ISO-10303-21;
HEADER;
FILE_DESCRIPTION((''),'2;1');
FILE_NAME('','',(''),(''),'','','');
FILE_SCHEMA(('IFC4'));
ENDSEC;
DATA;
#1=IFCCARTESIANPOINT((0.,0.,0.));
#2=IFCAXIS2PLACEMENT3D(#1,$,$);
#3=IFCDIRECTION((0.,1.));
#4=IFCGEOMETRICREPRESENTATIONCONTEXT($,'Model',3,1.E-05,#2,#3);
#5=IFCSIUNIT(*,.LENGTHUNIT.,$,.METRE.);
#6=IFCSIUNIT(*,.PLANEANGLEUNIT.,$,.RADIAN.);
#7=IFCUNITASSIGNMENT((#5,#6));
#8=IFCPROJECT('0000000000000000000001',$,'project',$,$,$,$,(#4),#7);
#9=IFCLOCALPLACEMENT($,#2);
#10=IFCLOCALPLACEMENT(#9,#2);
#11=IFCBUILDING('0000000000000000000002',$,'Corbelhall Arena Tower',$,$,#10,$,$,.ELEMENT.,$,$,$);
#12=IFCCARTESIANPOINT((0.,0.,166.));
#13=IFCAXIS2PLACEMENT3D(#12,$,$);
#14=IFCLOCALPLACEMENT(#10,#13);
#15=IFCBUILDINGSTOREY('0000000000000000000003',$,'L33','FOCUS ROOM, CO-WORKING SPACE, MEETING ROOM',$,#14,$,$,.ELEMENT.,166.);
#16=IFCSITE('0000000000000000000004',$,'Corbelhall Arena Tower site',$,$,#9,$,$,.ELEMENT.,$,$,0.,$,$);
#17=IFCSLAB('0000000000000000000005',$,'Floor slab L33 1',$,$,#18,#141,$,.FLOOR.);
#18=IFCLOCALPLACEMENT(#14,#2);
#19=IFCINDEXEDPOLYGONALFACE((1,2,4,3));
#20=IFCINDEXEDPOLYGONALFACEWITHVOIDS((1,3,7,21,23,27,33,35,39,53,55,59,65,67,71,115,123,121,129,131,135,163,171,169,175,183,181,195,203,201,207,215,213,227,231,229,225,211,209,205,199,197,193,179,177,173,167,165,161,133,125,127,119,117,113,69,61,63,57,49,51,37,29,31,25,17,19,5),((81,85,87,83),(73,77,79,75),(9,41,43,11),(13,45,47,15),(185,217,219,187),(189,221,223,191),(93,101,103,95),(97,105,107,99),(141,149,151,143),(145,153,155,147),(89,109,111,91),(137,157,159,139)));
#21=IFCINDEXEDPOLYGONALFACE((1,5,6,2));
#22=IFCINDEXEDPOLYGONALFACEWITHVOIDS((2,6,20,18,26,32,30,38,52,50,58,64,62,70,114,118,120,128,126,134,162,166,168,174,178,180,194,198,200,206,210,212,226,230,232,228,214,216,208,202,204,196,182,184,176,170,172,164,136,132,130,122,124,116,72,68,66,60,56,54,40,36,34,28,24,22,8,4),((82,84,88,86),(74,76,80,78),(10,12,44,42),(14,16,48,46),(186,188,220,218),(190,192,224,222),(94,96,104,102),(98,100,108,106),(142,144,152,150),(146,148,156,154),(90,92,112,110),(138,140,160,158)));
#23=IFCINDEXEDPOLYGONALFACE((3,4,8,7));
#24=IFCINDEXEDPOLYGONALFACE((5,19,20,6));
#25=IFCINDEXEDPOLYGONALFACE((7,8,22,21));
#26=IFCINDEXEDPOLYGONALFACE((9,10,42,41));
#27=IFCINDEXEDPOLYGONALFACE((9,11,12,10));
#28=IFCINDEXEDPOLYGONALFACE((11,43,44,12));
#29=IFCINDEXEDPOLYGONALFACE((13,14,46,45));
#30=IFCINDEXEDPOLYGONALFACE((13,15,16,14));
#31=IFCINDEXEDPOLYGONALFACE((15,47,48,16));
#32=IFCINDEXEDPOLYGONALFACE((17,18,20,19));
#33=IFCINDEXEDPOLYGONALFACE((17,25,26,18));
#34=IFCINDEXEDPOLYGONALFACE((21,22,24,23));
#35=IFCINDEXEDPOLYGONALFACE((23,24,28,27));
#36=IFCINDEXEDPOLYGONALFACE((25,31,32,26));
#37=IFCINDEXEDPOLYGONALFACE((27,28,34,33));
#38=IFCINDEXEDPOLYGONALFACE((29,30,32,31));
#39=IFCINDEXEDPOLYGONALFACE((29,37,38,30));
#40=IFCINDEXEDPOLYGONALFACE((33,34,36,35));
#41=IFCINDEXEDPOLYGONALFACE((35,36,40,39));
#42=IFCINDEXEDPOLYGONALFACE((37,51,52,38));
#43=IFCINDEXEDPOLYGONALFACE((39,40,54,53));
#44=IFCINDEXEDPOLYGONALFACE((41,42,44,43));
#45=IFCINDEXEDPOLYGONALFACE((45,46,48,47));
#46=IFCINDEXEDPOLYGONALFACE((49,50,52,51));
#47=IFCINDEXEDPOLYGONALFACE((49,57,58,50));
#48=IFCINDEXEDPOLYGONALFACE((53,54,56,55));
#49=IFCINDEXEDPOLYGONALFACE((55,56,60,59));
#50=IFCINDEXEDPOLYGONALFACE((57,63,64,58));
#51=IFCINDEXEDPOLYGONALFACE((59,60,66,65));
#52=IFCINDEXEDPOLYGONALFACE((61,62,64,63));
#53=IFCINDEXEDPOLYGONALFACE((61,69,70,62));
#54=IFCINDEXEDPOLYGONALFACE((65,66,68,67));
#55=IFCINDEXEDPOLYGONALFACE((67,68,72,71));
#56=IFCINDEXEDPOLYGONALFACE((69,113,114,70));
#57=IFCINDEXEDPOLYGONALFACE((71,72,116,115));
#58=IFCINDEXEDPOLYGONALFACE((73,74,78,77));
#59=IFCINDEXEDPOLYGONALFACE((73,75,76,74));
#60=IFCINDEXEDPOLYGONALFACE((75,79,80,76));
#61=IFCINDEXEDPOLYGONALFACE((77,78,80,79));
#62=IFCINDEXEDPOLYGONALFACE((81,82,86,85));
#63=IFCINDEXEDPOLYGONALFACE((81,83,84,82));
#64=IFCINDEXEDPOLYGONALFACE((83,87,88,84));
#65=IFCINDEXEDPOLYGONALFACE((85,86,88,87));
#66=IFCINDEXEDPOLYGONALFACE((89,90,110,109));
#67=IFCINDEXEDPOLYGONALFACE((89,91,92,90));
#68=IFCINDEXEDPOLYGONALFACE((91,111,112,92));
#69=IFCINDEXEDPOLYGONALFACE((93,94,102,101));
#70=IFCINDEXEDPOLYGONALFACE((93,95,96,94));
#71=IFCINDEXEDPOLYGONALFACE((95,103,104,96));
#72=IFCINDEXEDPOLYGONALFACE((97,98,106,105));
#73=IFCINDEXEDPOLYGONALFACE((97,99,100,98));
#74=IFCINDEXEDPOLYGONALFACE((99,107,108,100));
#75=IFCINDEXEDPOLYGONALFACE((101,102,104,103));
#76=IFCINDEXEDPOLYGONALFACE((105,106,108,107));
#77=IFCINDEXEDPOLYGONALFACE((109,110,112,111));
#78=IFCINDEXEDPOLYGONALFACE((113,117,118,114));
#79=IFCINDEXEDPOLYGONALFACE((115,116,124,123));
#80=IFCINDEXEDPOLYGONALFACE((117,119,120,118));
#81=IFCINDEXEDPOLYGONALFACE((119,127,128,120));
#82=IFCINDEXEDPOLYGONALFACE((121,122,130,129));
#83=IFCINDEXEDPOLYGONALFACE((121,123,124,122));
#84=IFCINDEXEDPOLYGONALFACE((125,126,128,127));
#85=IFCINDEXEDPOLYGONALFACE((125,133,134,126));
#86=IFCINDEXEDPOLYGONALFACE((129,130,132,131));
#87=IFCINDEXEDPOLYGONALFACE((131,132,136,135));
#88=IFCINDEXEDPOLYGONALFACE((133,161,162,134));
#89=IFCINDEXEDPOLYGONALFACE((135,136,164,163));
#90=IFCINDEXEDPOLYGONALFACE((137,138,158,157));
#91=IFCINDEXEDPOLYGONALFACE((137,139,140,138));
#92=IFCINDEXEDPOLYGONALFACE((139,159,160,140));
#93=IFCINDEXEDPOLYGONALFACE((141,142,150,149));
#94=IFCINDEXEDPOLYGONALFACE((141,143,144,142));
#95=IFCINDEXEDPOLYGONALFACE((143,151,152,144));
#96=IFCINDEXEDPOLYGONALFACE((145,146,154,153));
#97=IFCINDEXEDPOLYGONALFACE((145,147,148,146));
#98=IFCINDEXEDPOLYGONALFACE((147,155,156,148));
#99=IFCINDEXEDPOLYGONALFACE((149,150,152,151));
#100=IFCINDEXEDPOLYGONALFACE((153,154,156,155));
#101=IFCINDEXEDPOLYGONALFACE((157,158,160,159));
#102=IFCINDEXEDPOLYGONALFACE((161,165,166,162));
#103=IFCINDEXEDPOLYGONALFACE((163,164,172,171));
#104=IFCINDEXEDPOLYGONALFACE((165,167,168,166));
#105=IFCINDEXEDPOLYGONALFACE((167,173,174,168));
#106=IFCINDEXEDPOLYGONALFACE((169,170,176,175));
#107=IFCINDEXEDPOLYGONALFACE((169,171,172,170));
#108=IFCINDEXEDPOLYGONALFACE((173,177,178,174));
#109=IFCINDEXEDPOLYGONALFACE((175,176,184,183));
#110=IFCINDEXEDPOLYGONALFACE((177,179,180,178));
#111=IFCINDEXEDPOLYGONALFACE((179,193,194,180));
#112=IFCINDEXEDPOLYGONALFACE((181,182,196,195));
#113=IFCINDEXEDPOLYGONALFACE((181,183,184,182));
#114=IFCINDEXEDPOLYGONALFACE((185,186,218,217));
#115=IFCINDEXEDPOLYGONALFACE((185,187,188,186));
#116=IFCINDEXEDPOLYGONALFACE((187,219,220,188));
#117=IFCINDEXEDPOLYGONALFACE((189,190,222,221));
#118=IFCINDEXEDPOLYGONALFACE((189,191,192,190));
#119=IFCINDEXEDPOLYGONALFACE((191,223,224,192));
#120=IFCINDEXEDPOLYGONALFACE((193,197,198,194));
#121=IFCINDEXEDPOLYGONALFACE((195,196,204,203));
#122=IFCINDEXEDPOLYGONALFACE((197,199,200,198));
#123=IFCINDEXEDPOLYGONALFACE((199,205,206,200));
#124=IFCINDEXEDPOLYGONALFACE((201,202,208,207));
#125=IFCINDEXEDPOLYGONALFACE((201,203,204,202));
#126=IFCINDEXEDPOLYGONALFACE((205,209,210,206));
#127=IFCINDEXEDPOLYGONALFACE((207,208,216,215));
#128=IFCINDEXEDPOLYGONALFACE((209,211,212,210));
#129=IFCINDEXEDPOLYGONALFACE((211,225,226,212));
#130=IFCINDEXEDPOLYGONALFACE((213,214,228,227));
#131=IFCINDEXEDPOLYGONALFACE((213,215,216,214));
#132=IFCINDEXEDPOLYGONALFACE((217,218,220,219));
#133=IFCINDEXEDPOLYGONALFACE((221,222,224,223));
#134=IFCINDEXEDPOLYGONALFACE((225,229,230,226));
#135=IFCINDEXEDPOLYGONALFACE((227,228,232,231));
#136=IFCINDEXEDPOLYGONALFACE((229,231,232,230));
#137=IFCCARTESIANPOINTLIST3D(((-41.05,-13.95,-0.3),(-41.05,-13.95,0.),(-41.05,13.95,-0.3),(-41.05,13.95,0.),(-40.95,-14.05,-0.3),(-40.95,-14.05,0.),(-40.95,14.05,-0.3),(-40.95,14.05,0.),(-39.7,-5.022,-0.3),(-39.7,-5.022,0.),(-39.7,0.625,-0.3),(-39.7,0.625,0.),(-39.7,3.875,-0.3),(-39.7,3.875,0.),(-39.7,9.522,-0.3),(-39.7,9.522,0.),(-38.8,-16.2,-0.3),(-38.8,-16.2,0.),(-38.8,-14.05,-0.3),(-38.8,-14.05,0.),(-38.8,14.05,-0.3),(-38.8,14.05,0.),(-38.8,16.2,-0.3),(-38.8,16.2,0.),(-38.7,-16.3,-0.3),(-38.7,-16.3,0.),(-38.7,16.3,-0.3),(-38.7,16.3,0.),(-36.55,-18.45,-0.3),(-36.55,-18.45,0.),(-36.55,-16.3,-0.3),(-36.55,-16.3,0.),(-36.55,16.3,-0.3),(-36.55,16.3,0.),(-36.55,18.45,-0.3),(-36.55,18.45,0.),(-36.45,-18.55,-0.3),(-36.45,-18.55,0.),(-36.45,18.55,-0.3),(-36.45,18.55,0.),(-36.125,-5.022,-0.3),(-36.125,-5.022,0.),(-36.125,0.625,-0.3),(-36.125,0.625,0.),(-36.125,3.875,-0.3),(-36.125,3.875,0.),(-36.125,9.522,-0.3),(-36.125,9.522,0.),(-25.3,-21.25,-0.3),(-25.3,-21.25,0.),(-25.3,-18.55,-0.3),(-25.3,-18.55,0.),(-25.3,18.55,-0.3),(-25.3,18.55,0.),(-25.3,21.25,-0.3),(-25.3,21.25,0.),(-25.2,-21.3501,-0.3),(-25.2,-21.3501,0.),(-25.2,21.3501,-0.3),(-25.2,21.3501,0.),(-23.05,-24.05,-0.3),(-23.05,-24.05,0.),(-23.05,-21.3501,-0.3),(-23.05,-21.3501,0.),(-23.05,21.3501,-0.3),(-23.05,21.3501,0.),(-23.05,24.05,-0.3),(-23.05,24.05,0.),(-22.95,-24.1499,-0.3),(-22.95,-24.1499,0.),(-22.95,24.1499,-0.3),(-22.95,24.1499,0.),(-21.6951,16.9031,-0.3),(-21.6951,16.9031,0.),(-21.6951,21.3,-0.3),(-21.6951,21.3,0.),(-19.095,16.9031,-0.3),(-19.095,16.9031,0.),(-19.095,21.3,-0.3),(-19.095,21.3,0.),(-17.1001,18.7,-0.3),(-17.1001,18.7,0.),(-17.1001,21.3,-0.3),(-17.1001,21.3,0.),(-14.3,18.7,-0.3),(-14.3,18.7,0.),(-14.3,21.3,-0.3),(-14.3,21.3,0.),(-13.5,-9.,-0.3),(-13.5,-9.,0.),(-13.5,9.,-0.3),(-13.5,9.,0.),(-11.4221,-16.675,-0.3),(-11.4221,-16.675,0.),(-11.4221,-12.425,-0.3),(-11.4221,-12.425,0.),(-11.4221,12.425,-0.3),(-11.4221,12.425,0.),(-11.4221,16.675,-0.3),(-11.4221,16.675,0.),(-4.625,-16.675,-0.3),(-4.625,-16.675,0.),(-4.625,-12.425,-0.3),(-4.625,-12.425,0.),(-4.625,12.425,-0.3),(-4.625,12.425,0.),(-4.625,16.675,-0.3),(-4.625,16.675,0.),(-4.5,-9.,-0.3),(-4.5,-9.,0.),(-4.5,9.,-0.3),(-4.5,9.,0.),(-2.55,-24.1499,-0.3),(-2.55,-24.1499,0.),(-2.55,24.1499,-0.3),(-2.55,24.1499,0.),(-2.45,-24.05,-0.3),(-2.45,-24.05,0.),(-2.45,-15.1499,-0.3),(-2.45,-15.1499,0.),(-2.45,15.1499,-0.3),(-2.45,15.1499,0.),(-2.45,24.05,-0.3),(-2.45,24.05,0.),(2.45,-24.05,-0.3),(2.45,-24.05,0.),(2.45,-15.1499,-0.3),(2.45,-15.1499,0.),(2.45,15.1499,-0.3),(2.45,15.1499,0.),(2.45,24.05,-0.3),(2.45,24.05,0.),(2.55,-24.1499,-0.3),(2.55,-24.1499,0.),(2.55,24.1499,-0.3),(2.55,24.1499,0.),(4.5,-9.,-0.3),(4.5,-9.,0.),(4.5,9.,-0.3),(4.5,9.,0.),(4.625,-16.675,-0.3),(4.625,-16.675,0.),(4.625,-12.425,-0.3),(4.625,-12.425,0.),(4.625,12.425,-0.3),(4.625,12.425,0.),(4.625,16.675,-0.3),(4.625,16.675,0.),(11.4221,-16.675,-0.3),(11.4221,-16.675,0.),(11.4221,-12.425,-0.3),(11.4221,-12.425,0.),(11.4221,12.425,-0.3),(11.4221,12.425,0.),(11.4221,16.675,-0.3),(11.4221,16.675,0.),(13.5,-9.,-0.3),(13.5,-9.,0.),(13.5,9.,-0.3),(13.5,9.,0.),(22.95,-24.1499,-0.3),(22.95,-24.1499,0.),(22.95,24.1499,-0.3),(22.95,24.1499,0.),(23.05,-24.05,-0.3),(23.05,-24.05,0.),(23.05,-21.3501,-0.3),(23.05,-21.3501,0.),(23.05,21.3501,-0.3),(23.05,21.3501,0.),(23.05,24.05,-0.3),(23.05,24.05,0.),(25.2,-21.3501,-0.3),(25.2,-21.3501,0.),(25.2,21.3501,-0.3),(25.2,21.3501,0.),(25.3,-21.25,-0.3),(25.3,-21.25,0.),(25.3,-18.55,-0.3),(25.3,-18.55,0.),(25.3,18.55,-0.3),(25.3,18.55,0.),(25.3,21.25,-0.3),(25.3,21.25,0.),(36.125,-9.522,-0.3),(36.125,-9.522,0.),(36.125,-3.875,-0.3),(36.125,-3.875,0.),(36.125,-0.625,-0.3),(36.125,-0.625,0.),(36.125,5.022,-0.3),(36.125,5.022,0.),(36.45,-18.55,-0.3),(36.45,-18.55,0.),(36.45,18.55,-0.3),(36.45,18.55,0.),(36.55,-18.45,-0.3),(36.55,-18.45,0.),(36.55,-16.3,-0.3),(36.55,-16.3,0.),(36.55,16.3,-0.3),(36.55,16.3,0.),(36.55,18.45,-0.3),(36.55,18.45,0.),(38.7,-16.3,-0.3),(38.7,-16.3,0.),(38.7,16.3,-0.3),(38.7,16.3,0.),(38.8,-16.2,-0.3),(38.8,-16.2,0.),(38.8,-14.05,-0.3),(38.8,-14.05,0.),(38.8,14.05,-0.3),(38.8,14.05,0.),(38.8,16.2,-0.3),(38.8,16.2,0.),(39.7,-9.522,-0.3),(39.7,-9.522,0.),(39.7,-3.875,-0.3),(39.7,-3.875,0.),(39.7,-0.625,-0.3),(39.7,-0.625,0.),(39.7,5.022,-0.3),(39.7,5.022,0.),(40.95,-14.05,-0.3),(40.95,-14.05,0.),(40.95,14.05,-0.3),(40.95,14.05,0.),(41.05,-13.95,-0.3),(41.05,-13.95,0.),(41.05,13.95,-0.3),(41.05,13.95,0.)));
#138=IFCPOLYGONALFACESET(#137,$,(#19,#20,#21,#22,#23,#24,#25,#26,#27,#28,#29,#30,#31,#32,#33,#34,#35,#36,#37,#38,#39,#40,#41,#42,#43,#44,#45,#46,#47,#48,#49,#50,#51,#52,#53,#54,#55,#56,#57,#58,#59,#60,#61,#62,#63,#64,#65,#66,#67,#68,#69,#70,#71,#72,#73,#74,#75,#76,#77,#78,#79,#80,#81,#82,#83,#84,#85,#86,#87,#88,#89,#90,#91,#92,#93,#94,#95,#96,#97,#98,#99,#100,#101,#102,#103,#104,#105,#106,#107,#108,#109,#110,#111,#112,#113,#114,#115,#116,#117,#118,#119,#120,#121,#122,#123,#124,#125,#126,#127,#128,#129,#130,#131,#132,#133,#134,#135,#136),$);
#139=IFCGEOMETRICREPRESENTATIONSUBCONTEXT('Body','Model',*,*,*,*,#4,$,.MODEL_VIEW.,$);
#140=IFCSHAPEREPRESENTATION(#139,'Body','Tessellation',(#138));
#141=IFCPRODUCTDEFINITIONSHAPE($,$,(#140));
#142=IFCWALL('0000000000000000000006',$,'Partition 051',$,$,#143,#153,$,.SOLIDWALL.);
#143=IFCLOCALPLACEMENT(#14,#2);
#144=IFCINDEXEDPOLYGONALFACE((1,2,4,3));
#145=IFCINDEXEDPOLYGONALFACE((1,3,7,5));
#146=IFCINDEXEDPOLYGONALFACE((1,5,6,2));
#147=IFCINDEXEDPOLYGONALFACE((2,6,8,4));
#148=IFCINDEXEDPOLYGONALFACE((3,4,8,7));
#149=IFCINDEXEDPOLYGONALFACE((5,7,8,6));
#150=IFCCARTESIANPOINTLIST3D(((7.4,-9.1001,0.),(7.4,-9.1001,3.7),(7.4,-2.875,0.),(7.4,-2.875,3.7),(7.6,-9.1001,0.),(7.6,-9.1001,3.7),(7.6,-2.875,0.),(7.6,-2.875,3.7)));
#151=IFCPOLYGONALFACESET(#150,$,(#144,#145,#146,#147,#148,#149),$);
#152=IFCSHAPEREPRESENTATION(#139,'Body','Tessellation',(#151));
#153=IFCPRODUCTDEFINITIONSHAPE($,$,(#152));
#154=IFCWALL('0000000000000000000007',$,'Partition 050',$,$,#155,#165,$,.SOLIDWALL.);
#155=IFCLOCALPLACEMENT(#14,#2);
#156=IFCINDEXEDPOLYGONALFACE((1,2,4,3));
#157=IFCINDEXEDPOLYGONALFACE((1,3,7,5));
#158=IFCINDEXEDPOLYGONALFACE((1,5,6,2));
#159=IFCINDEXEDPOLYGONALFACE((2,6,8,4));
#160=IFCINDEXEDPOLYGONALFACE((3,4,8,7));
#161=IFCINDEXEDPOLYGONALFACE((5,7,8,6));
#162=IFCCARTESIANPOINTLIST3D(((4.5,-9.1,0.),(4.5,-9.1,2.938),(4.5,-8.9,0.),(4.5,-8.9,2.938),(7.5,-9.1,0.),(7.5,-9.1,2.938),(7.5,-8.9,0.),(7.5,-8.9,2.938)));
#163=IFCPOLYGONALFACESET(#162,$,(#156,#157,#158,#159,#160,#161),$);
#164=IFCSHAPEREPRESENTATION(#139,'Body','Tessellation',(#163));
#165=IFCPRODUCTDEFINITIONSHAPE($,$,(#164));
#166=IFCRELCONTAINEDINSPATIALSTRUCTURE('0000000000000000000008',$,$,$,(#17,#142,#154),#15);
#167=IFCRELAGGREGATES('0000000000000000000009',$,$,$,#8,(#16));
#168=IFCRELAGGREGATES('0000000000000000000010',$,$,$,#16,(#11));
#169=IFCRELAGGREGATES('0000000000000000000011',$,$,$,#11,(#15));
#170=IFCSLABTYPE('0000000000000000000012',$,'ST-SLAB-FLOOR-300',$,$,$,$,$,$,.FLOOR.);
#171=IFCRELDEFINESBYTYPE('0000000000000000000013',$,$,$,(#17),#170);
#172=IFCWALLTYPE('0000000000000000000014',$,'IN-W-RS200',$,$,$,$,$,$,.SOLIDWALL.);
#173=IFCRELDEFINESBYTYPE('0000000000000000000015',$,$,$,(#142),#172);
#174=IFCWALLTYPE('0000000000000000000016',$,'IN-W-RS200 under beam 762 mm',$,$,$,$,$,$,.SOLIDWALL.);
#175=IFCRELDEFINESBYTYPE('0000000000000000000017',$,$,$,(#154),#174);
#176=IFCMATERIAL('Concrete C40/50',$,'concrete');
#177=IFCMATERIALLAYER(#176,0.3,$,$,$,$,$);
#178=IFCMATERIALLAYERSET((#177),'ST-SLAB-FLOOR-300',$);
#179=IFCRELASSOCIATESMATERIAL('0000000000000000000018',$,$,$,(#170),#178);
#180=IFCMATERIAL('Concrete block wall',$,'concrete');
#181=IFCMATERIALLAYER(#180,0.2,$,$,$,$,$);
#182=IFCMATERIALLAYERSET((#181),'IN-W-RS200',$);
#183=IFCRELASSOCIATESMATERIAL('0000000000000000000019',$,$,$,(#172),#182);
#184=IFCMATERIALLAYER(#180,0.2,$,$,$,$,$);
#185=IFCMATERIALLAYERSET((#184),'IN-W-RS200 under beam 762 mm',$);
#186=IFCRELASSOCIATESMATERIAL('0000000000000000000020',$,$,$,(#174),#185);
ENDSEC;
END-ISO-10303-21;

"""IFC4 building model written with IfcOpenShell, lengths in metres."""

from ifc_helpers import new_model, si_unit, direction, frame, frame_2d, origin, place, context, subcontext, project, spatial, polyline, rectangle, outline, extrude, material, layer, layer_set, type_object, element, save


model = new_model("IFC4")

# Units and contexts
model_context = context("Model", 3, precision=1e-05, world=origin(), true_north=direction((0.0, 1.0)))
body_context = subcontext(model_context, "Body", "Model", "MODEL_VIEW")
ifc_project = project(units=[si_unit("LENGTHUNIT", "METRE"), si_unit("PLANEANGLEUNIT", "RADIAN")], contexts=[model_context])

# Site, building, storey
site_placement = place(None, origin())
site = spatial("IfcSite", under=ifc_project, at=site_placement, Name="Corbelhall Arena Tower site", CompositionType="ELEMENT", RefElevation=0.0)
building_placement = place(site_placement, origin())
building = spatial("IfcBuilding", under=site, at=building_placement, Name="Corbelhall Arena Tower", CompositionType="ELEMENT")
storey_placement = place(building_placement, frame((0.0, 0.0, 166.0)))
storey = spatial("IfcBuildingStorey", under=building, at=storey_placement, Name="L33", Description="FOCUS ROOM, CO-WORKING SPACE, MEETING ROOM", CompositionType="ELEMENT", Elevation=166.0)

# Shared definitions
ifc_material_1 = material(Name="Concrete C40/50", Category="concrete")

# Slab
ifc_layer_1 = layer(ifc_material_1, 0.3)
ifc_layer_set_1 = layer_set([ifc_layer_1], Name="ST-SLAB-FLOOR-300")
slab_type_1 = type_object("IfcSlabType", Name="ST-SLAB-FLOOR-300", PredefinedType="FLOOR", material=ifc_layer_set_1)
slab_1_placement = place(storey_placement, frame((0.0, 0.0, -0.3)))
element("IfcSlab", 1, at=slab_1_placement, inside=storey, type_object=slab_type_1, Name="Floor slab L33 1", PredefinedType="FLOOR", context=body_context, shape_type="SweptSolid", body=[
    extrude(outline(polyline([(25.3, 18.55), (25.3, 21.25), (25.2, 21.3501), (23.05, 21.3501), (23.05, 24.05), (22.95, 24.1499), (2.55, 24.1499), (2.45, 24.05), (2.45, 15.1499), (-2.45, 15.1499), (-2.45, 24.05), (-2.55, 24.1499), (-22.95, 24.1499), (-23.05, 24.05), (-23.05, 21.3501), (-25.2, 21.3501), (-25.3, 21.25), (-25.3, 18.55), (-36.45, 18.55), (-36.55, 18.45), (-36.55, 16.3), (-38.7, 16.3), (-38.8, 16.2), (-38.8, 14.05), (-40.95, 14.05), (-41.05, 13.95), (-41.05, -13.95), (-40.95, -14.05), (-38.8, -14.05), (-38.8, -16.2), (-38.7, -16.3), (-36.55, -16.3), (-36.55, -18.45), (-36.45, -18.55), (-25.3, -18.55), (-25.3, -21.25), (-25.2, -21.3501), (-23.05, -21.3501), (-23.05, -24.05), (-22.95, -24.1499), (-2.55, -24.1499), (-2.45, -24.05), (-2.45, -15.1499), (2.45, -15.1499), (2.45, -24.05), (2.55, -24.1499), (22.95, -24.1499), (23.05, -24.05), (23.05, -21.3501), (25.2, -21.3501), (25.3, -21.25), (25.3, -18.55), (36.45, -18.55), (36.55, -18.45), (36.55, -16.3), (38.7, -16.3), (38.8, -16.2), (38.8, -14.05), (40.95, -14.05), (41.05, -13.95), (41.05, 13.95), (40.95, 14.05), (38.8, 14.05), (38.8, 16.2), (38.7, 16.3), (36.55, 16.3), (36.55, 18.45), (36.45, 18.55), (25.3, 18.55)]), holes=[polyline([(-13.5, 9.0), (-13.5, -9.0), (-4.5, -9.0), (-4.5, 9.0), (-13.5, 9.0)]), polyline([(4.5, 9.0), (4.5, -9.0), (13.5, -9.0), (13.5, 9.0), (4.5, 9.0)]), polyline([(-4.625, 16.675), (-11.4221, 16.675), (-11.4221, 12.425), (-4.625, 12.425), (-4.625, 16.675)]), polyline([(-4.625, -16.675), (-4.625, -12.425), (-11.4221, -12.425), (-11.4221, -16.675), (-4.625, -16.675)]), polyline([(11.4221, 16.675), (4.625, 16.675), (4.625, 12.425), (11.4221, 12.425), (11.4221, 16.675)]), polyline([(11.4221, -16.675), (11.4221, -12.425), (4.625, -12.425), (4.625, -16.675), (11.4221, -16.675)]), polyline([(-36.125, 3.875), (-36.125, 9.522), (-39.7, 9.522), (-39.7, 3.875), (-36.125, 3.875)]), polyline([(-36.125, 0.625), (-39.7, 0.625), (-39.7, -5.022), (-36.125, -5.022), (-36.125, 0.625)]), polyline([(39.7, -9.522), (39.7, -3.875), (36.125, -3.875), (36.125, -9.522), (39.7, -9.522)]), polyline([(39.7, 5.022), (36.125, 5.022), (36.125, -0.625), (39.7, -0.625), (39.7, 5.022)]), polyline([(-21.6951, 21.3), (-21.6951, 16.9031), (-19.095, 16.9031), (-19.095, 21.3), (-21.6951, 21.3)]), polyline([(-14.3, 21.3), (-17.1001, 21.3), (-17.1001, 18.7), (-14.3, 18.7), (-14.3, 21.3)])]), origin(), (0.0, 0.0, 1.0), 0.3),
])

# Wall
ifc_material_2 = material(Name="Concrete block wall", Category="concrete")
ifc_layer_2 = layer(ifc_material_2, 0.2)
ifc_layer_set_2 = layer_set([ifc_layer_2], Name="IN-W-RS200")
wall_type_1 = type_object("IfcWallType", Name="IN-W-RS200", PredefinedType="SOLIDWALL", material=ifc_layer_set_2)
wall_1_placement = place(storey_placement, frame((7.5, -2.875, 0.0), z_axis=(0.0, 0.0, 1.0), x_axis=(0.0, -1.0, 0.0)))
element("IfcWall", 2, at=wall_1_placement, inside=storey, type_object=wall_type_1, Name="Partition 051", PredefinedType="SOLIDWALL", context=body_context, shape_type="SweptSolid", body=[
    extrude(rectangle(XDim=6.2251, YDim=0.2, at=frame_2d((3.1125, 0.0))), origin(), (0.0, 0.0, 1.0), 3.7),
])

# Shared definitions
ifc_layer_3 = layer(ifc_material_2, 0.2)
ifc_layer_set_3 = layer_set([ifc_layer_3], Name="IN-W-RS200 under beam 762 mm")
wall_type_2 = type_object("IfcWallType", Name="IN-W-RS200 under beam 762 mm", PredefinedType="SOLIDWALL", material=ifc_layer_set_3)

# Wall
wall_2_placement = place(storey_placement, frame((7.5, -9.0, 0.0), z_axis=(0.0, 0.0, 1.0), x_axis=(-1.0, 0.0, 0.0)))
element("IfcWall", 3, at=wall_2_placement, inside=storey, type_object=wall_type_2, Name="Partition 050", PredefinedType="SOLIDWALL", context=body_context, shape_type="SweptSolid", body=[
    extrude(rectangle(XDim=3.0, YDim=0.2, at=frame_2d((1.5, 0.0))), origin(), (0.0, 0.0, 1.0), 2.938),
])

save(model, "model.ifc")
